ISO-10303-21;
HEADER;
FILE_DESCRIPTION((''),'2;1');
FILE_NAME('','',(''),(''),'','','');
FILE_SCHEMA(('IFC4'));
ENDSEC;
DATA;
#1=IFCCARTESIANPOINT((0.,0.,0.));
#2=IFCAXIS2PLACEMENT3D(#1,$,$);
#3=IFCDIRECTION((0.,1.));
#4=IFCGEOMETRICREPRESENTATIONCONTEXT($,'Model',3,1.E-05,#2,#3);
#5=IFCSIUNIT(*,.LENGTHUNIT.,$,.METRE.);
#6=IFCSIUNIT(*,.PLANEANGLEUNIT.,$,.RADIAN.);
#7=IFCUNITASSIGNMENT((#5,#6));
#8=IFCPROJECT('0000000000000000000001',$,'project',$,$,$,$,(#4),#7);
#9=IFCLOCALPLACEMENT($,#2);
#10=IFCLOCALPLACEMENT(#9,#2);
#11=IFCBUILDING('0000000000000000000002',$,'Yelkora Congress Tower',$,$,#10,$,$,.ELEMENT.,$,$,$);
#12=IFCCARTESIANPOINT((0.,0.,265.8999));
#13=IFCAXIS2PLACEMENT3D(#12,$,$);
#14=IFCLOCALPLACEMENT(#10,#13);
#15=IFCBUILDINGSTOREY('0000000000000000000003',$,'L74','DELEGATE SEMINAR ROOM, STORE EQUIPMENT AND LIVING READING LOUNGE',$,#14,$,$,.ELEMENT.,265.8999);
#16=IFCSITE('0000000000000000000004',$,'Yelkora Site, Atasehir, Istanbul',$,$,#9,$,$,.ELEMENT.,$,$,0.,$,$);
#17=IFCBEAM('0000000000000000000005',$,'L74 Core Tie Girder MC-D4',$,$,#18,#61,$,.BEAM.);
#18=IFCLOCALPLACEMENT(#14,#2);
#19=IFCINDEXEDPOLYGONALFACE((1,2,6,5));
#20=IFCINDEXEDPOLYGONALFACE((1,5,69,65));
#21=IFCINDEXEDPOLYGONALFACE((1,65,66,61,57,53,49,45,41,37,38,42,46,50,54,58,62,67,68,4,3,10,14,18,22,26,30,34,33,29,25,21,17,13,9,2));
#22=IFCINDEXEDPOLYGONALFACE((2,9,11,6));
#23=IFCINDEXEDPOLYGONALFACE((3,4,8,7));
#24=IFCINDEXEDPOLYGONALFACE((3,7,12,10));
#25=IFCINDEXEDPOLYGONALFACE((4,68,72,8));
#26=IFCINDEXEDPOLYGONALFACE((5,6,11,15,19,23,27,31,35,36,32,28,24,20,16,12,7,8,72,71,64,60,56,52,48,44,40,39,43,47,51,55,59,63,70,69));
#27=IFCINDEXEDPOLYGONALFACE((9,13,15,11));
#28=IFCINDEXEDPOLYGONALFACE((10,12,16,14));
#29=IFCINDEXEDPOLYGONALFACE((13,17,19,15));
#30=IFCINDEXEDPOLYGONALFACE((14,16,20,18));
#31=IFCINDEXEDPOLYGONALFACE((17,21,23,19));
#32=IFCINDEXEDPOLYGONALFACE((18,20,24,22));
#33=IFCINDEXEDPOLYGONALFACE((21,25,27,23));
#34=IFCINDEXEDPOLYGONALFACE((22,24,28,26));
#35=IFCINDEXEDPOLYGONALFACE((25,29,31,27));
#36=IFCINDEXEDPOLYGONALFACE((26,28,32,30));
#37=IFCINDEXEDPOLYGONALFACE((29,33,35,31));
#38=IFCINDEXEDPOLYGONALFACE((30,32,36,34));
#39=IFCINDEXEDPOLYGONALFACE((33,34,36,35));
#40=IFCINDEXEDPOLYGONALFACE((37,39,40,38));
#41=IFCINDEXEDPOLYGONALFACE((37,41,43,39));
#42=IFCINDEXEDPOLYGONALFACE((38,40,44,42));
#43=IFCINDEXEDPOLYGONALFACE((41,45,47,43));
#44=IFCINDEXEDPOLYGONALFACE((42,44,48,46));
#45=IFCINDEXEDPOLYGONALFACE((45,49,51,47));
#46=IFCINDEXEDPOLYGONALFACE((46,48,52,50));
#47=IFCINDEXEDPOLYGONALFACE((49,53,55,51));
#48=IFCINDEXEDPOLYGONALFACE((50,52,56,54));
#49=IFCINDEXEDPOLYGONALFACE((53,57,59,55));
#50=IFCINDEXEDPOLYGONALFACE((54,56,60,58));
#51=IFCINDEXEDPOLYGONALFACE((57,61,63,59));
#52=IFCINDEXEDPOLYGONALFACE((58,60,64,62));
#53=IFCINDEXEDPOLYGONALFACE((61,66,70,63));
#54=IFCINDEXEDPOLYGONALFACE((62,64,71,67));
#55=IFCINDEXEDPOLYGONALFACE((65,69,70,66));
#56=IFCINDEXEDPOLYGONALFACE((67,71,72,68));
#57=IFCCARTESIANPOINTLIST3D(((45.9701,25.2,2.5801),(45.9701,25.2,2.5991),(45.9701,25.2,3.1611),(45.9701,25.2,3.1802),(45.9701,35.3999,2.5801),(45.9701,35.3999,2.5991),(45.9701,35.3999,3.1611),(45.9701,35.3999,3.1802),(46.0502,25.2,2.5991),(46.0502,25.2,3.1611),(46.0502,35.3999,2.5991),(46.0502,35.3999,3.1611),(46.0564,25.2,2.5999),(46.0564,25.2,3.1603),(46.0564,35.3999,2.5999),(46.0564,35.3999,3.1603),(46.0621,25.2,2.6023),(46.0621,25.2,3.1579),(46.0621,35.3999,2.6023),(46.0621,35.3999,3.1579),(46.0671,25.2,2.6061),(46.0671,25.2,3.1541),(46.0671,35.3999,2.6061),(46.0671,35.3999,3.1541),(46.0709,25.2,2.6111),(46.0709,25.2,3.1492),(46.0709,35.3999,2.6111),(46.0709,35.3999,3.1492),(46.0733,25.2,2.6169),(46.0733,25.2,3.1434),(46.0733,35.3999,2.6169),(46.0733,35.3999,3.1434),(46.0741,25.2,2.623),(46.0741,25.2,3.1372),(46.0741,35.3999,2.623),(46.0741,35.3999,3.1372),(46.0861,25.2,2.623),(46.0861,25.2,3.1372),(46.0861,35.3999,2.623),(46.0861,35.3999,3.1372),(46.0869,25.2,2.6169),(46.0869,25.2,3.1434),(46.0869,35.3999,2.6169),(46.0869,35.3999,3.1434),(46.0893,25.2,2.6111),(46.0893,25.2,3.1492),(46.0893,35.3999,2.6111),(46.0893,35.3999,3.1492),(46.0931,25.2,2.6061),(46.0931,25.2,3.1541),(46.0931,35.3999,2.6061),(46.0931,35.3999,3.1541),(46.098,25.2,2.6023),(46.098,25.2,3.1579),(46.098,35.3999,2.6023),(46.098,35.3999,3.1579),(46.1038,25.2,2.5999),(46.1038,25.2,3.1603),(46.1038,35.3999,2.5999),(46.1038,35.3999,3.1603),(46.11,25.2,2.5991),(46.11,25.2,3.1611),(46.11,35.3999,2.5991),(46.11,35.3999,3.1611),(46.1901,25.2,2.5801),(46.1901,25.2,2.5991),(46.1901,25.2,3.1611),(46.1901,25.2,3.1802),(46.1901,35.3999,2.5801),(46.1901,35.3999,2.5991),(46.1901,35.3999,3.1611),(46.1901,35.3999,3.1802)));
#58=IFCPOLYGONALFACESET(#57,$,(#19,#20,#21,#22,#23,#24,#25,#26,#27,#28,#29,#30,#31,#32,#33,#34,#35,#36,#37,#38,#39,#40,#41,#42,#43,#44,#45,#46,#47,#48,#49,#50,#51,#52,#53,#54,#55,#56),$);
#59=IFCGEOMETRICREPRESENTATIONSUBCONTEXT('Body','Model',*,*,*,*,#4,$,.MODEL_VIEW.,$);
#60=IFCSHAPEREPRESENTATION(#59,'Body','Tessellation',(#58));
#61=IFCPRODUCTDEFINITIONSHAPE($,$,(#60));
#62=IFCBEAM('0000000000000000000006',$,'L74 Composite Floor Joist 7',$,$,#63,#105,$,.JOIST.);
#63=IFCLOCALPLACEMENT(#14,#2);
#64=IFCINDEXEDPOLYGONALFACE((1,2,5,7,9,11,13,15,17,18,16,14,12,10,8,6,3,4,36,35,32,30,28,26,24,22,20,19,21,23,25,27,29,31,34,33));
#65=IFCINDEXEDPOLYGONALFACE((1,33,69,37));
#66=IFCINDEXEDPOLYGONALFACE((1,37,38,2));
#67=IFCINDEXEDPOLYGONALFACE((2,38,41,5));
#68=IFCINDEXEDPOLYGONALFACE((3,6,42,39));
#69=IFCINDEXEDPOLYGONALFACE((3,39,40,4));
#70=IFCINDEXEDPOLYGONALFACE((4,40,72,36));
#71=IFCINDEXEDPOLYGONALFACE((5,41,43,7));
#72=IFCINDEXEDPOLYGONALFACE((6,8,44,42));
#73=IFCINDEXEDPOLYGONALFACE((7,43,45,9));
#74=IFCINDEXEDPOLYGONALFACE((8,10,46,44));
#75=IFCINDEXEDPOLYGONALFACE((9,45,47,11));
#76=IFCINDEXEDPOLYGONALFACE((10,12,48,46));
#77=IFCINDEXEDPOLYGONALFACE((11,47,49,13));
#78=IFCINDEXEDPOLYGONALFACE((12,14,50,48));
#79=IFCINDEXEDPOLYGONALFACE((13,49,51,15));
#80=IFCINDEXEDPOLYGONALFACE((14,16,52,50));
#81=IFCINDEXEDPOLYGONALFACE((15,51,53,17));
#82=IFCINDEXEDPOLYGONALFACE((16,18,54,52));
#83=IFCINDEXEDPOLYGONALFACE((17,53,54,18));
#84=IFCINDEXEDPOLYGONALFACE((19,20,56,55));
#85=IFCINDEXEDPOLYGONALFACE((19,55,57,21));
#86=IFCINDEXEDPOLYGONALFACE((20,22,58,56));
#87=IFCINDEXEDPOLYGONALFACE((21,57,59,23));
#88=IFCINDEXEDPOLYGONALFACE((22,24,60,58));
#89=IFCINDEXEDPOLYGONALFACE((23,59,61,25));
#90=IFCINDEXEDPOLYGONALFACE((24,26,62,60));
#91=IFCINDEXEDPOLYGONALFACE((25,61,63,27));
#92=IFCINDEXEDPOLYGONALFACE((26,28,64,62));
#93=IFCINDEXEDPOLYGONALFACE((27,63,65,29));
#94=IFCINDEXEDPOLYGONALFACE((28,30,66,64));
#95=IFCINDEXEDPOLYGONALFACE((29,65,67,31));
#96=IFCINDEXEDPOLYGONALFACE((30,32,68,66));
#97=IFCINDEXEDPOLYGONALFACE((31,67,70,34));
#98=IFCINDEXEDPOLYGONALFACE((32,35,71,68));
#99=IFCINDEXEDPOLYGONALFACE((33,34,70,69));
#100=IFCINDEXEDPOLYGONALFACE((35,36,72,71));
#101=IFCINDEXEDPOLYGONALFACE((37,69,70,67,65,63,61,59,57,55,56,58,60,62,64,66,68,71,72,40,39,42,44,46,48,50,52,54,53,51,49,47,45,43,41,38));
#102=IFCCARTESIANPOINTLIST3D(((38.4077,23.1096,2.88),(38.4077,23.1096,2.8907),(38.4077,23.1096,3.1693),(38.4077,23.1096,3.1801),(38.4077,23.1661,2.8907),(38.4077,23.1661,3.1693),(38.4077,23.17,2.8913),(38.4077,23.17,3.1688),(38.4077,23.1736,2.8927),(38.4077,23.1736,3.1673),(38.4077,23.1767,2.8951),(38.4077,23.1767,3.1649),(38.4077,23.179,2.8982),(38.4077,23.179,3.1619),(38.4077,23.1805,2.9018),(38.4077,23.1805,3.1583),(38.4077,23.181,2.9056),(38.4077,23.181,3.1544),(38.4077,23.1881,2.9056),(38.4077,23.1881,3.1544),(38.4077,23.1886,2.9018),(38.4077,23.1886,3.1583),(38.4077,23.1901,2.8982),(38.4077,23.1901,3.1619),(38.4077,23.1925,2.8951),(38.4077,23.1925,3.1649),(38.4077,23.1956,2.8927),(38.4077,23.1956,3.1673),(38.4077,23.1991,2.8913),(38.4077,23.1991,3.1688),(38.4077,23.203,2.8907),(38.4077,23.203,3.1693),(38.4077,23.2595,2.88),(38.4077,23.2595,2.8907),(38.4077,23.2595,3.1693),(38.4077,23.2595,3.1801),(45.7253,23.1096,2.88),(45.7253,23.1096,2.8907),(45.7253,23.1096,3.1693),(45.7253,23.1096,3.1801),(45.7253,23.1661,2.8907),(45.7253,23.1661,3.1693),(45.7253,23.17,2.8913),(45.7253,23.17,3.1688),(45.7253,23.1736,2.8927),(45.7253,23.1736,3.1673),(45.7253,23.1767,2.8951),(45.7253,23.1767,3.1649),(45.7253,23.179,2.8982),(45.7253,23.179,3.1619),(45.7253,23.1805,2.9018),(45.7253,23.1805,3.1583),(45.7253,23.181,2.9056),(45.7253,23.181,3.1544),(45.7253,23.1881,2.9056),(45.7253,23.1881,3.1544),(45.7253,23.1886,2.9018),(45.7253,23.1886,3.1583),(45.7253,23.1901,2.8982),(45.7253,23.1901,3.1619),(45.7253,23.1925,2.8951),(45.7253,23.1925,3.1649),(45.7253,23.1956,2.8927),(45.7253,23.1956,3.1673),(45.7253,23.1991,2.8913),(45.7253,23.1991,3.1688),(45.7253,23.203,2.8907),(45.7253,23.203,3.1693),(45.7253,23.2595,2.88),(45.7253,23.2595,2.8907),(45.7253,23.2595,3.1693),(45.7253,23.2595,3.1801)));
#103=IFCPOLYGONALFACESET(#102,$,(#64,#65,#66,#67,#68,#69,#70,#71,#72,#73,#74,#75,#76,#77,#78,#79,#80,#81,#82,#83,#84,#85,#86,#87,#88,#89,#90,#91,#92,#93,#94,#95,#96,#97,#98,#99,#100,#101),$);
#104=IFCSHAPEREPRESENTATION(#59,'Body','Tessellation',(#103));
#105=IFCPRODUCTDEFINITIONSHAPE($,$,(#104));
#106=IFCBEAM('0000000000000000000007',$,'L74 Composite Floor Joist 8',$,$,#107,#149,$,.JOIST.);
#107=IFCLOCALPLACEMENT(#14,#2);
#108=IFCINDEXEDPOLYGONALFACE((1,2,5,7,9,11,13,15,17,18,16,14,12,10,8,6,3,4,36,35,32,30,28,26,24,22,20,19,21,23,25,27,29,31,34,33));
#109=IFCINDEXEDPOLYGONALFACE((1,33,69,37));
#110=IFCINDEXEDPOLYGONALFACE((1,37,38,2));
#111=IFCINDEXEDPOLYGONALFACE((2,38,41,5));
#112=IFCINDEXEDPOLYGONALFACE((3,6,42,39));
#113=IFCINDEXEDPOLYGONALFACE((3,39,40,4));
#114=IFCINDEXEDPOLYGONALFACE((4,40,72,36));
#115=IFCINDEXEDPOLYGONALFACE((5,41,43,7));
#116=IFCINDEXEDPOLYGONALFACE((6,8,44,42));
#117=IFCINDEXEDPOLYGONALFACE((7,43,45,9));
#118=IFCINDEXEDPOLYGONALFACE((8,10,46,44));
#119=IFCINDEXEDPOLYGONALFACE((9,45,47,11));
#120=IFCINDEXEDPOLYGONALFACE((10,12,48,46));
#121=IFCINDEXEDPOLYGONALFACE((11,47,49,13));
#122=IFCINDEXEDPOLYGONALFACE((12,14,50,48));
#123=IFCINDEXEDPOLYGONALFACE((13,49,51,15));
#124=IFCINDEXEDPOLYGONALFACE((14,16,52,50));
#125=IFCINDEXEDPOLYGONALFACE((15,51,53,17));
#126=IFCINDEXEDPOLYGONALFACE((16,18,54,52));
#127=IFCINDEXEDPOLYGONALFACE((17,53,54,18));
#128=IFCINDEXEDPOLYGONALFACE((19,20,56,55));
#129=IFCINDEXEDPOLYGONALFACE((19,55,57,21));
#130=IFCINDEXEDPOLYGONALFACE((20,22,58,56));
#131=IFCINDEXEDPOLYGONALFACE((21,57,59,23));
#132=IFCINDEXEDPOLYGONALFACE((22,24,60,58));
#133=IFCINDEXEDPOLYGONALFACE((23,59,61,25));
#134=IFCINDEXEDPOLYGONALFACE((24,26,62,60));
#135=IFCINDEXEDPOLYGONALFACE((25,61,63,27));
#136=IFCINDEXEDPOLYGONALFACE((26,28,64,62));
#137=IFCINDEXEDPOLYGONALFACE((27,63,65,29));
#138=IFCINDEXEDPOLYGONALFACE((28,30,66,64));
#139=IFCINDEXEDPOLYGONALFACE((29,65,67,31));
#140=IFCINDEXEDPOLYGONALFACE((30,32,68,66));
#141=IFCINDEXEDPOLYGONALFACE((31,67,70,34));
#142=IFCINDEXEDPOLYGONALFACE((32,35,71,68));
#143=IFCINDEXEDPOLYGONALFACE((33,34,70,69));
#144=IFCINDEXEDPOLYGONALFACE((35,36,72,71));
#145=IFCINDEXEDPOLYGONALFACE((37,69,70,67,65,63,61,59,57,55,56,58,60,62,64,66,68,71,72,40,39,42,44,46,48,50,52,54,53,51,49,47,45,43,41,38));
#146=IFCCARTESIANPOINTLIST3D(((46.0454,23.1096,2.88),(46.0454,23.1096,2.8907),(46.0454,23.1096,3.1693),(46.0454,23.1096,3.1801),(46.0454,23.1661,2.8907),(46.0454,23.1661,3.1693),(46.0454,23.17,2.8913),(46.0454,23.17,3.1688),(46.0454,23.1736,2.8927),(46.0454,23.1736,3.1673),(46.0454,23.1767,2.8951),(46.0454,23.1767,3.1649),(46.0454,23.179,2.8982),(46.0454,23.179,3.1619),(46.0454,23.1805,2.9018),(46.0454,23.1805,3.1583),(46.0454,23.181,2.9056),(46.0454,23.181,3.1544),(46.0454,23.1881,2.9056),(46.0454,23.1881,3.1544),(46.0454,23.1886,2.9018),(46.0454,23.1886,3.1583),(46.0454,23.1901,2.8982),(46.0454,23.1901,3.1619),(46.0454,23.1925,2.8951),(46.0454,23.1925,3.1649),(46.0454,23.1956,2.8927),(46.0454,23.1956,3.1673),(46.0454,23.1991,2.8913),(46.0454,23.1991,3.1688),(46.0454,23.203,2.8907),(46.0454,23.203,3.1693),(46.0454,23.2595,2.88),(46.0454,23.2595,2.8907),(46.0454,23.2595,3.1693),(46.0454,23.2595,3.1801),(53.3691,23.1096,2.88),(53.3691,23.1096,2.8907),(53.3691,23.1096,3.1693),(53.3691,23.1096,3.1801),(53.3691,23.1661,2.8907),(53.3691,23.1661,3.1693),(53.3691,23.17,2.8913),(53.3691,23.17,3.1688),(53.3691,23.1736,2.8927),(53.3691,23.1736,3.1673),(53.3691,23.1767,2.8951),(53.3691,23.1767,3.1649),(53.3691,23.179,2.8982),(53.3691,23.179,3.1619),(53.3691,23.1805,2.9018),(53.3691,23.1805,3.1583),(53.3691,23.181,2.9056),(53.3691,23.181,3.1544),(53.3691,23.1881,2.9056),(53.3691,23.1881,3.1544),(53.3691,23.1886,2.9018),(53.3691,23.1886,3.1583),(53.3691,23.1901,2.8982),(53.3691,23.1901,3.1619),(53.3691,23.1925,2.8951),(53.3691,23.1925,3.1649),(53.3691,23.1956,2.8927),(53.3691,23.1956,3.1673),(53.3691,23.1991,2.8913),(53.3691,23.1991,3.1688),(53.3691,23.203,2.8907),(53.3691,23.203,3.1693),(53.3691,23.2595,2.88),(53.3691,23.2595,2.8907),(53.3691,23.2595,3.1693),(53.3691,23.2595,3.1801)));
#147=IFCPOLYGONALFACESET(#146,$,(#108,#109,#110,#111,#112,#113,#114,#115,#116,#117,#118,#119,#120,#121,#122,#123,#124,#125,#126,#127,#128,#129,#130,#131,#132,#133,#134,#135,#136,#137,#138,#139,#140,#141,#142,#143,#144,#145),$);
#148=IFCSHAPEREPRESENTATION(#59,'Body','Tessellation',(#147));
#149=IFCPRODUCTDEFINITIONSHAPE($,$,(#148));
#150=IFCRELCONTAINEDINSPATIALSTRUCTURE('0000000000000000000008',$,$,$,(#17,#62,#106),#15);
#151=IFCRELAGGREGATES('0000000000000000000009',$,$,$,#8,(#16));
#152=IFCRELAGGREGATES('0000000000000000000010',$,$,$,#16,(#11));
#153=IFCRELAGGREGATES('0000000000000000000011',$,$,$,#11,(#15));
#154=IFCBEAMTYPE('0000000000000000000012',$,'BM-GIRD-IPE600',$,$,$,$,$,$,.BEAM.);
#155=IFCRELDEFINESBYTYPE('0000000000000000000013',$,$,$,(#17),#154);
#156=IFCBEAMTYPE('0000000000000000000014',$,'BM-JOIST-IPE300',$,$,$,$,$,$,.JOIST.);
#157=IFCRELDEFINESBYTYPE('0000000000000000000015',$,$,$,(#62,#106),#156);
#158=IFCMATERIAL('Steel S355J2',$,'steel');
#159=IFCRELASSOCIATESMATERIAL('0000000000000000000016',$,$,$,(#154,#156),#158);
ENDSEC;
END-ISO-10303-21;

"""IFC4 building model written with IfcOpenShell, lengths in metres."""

from ifc_helpers import new_model, si_unit, direction, frame, origin, origin_2d, place, context, subcontext, project, spatial, i_section, extrude, material, material_profile, profile_set, type_object, element, save


model = new_model("IFC4")

# Units and contexts
model_context = context("Model", 3, precision=1e-05, world=origin(), true_north=direction((0.0, 1.0)))
body_context = subcontext(model_context, "Body", "Model", "MODEL_VIEW")
ifc_project = project(units=[si_unit("LENGTHUNIT", "METRE"), si_unit("PLANEANGLEUNIT", "RADIAN")], contexts=[model_context])

# Site, building, storey
site_placement = place(None, origin())
site = spatial("IfcSite", under=ifc_project, at=site_placement, Name="Yelkora Site, Atasehir, Istanbul", CompositionType="ELEMENT", RefElevation=0.0)
building_placement = place(site_placement, origin())
building = spatial("IfcBuilding", under=site, at=building_placement, Name="Yelkora Congress Tower", CompositionType="ELEMENT")
storey_placement = place(building_placement, frame((0.0, 0.0, 265.8999)))
storey = spatial("IfcBuildingStorey", under=building, at=storey_placement, Name="L74", Description="DELEGATE SEMINAR ROOM, STORE EQUIPMENT AND LIVING READING LOUNGE", CompositionType="ELEMENT", Elevation=265.8999)

# Beams
ifc_material_1 = material(Name="Steel S355J2", Category="steel")
ifc_material_profile_1 = material_profile(ifc_material_1, i_section(OverallWidth=0.22, OverallDepth=0.6001, WebThickness=0.012, FlangeThickness=0.019, FilletRadius=0.0239, at=origin_2d()), Name="IPE 600")
ifc_profile_set_1 = profile_set([ifc_material_profile_1], Name="Steel S355J2")
beam_type_1 = type_object("IfcBeamType", Name="BM-GIRD-IPE600", PredefinedType="BEAM", material=ifc_profile_set_1)
beam_1_placement = place(storey_placement, frame((46.0801, 25.2, 2.8801), z_axis=(0.0, 1.0, 0.0), x_axis=(-1.0, 0.0, 0.0)))
element("IfcBeam", 1, at=beam_1_placement, inside=storey, type_object=beam_type_1, Name="L74 Core Tie Girder MC-D4", PredefinedType="BEAM", context=body_context, shape_type="SweptSolid", body=[
    extrude(i_section(OverallWidth=0.22, OverallDepth=0.6001, WebThickness=0.012, FlangeThickness=0.019, FilletRadius=0.0239, at=origin_2d()), origin(), (0.0, 0.0, 1.0), 10.2),
])
ifc_material_profile_2 = material_profile(ifc_material_1, i_section(OverallWidth=0.1499, OverallDepth=0.3, WebThickness=0.0071, FlangeThickness=0.0107, FilletRadius=0.0149, at=origin_2d()), Name="IPE 300")
ifc_profile_set_2 = profile_set([ifc_material_profile_2], Name="Steel S355J2")
beam_type_2 = type_object("IfcBeamType", Name="BM-JOIST-IPE300", PredefinedType="JOIST", material=ifc_profile_set_2)
beam_2_placement = place(storey_placement, frame((38.4077, 23.1846, 3.03), z_axis=(1.0, 0.0, 0.0), x_axis=(0.0, 1.0, 0.0)))
element("IfcBeam", 2, at=beam_2_placement, inside=storey, type_object=beam_type_2, Name="L74 Composite Floor Joist 7", PredefinedType="JOIST", context=body_context, shape_type="SweptSolid", body=[
    extrude(i_section(OverallWidth=0.1499, OverallDepth=0.3, WebThickness=0.0071, FlangeThickness=0.0107, FilletRadius=0.0149, at=origin_2d()), origin(), (0.0, 0.0, 1.0), 7.3176),
])
beam_3_placement = place(storey_placement, frame((46.0454, 23.1846, 3.03), z_axis=(1.0, 0.0, 0.0), x_axis=(0.0, 1.0, 0.0)))
element("IfcBeam", 3, at=beam_3_placement, inside=storey, type_object=beam_type_2, Name="L74 Composite Floor Joist 8", PredefinedType="JOIST", context=body_context, shape_type="SweptSolid", body=[
    extrude(i_section(OverallWidth=0.1499, OverallDepth=0.3, WebThickness=0.0071, FlangeThickness=0.0107, FilletRadius=0.0149, at=origin_2d()), origin(), (0.0, 0.0, 1.0), 7.3237),
])

save(model, "model.ifc")
